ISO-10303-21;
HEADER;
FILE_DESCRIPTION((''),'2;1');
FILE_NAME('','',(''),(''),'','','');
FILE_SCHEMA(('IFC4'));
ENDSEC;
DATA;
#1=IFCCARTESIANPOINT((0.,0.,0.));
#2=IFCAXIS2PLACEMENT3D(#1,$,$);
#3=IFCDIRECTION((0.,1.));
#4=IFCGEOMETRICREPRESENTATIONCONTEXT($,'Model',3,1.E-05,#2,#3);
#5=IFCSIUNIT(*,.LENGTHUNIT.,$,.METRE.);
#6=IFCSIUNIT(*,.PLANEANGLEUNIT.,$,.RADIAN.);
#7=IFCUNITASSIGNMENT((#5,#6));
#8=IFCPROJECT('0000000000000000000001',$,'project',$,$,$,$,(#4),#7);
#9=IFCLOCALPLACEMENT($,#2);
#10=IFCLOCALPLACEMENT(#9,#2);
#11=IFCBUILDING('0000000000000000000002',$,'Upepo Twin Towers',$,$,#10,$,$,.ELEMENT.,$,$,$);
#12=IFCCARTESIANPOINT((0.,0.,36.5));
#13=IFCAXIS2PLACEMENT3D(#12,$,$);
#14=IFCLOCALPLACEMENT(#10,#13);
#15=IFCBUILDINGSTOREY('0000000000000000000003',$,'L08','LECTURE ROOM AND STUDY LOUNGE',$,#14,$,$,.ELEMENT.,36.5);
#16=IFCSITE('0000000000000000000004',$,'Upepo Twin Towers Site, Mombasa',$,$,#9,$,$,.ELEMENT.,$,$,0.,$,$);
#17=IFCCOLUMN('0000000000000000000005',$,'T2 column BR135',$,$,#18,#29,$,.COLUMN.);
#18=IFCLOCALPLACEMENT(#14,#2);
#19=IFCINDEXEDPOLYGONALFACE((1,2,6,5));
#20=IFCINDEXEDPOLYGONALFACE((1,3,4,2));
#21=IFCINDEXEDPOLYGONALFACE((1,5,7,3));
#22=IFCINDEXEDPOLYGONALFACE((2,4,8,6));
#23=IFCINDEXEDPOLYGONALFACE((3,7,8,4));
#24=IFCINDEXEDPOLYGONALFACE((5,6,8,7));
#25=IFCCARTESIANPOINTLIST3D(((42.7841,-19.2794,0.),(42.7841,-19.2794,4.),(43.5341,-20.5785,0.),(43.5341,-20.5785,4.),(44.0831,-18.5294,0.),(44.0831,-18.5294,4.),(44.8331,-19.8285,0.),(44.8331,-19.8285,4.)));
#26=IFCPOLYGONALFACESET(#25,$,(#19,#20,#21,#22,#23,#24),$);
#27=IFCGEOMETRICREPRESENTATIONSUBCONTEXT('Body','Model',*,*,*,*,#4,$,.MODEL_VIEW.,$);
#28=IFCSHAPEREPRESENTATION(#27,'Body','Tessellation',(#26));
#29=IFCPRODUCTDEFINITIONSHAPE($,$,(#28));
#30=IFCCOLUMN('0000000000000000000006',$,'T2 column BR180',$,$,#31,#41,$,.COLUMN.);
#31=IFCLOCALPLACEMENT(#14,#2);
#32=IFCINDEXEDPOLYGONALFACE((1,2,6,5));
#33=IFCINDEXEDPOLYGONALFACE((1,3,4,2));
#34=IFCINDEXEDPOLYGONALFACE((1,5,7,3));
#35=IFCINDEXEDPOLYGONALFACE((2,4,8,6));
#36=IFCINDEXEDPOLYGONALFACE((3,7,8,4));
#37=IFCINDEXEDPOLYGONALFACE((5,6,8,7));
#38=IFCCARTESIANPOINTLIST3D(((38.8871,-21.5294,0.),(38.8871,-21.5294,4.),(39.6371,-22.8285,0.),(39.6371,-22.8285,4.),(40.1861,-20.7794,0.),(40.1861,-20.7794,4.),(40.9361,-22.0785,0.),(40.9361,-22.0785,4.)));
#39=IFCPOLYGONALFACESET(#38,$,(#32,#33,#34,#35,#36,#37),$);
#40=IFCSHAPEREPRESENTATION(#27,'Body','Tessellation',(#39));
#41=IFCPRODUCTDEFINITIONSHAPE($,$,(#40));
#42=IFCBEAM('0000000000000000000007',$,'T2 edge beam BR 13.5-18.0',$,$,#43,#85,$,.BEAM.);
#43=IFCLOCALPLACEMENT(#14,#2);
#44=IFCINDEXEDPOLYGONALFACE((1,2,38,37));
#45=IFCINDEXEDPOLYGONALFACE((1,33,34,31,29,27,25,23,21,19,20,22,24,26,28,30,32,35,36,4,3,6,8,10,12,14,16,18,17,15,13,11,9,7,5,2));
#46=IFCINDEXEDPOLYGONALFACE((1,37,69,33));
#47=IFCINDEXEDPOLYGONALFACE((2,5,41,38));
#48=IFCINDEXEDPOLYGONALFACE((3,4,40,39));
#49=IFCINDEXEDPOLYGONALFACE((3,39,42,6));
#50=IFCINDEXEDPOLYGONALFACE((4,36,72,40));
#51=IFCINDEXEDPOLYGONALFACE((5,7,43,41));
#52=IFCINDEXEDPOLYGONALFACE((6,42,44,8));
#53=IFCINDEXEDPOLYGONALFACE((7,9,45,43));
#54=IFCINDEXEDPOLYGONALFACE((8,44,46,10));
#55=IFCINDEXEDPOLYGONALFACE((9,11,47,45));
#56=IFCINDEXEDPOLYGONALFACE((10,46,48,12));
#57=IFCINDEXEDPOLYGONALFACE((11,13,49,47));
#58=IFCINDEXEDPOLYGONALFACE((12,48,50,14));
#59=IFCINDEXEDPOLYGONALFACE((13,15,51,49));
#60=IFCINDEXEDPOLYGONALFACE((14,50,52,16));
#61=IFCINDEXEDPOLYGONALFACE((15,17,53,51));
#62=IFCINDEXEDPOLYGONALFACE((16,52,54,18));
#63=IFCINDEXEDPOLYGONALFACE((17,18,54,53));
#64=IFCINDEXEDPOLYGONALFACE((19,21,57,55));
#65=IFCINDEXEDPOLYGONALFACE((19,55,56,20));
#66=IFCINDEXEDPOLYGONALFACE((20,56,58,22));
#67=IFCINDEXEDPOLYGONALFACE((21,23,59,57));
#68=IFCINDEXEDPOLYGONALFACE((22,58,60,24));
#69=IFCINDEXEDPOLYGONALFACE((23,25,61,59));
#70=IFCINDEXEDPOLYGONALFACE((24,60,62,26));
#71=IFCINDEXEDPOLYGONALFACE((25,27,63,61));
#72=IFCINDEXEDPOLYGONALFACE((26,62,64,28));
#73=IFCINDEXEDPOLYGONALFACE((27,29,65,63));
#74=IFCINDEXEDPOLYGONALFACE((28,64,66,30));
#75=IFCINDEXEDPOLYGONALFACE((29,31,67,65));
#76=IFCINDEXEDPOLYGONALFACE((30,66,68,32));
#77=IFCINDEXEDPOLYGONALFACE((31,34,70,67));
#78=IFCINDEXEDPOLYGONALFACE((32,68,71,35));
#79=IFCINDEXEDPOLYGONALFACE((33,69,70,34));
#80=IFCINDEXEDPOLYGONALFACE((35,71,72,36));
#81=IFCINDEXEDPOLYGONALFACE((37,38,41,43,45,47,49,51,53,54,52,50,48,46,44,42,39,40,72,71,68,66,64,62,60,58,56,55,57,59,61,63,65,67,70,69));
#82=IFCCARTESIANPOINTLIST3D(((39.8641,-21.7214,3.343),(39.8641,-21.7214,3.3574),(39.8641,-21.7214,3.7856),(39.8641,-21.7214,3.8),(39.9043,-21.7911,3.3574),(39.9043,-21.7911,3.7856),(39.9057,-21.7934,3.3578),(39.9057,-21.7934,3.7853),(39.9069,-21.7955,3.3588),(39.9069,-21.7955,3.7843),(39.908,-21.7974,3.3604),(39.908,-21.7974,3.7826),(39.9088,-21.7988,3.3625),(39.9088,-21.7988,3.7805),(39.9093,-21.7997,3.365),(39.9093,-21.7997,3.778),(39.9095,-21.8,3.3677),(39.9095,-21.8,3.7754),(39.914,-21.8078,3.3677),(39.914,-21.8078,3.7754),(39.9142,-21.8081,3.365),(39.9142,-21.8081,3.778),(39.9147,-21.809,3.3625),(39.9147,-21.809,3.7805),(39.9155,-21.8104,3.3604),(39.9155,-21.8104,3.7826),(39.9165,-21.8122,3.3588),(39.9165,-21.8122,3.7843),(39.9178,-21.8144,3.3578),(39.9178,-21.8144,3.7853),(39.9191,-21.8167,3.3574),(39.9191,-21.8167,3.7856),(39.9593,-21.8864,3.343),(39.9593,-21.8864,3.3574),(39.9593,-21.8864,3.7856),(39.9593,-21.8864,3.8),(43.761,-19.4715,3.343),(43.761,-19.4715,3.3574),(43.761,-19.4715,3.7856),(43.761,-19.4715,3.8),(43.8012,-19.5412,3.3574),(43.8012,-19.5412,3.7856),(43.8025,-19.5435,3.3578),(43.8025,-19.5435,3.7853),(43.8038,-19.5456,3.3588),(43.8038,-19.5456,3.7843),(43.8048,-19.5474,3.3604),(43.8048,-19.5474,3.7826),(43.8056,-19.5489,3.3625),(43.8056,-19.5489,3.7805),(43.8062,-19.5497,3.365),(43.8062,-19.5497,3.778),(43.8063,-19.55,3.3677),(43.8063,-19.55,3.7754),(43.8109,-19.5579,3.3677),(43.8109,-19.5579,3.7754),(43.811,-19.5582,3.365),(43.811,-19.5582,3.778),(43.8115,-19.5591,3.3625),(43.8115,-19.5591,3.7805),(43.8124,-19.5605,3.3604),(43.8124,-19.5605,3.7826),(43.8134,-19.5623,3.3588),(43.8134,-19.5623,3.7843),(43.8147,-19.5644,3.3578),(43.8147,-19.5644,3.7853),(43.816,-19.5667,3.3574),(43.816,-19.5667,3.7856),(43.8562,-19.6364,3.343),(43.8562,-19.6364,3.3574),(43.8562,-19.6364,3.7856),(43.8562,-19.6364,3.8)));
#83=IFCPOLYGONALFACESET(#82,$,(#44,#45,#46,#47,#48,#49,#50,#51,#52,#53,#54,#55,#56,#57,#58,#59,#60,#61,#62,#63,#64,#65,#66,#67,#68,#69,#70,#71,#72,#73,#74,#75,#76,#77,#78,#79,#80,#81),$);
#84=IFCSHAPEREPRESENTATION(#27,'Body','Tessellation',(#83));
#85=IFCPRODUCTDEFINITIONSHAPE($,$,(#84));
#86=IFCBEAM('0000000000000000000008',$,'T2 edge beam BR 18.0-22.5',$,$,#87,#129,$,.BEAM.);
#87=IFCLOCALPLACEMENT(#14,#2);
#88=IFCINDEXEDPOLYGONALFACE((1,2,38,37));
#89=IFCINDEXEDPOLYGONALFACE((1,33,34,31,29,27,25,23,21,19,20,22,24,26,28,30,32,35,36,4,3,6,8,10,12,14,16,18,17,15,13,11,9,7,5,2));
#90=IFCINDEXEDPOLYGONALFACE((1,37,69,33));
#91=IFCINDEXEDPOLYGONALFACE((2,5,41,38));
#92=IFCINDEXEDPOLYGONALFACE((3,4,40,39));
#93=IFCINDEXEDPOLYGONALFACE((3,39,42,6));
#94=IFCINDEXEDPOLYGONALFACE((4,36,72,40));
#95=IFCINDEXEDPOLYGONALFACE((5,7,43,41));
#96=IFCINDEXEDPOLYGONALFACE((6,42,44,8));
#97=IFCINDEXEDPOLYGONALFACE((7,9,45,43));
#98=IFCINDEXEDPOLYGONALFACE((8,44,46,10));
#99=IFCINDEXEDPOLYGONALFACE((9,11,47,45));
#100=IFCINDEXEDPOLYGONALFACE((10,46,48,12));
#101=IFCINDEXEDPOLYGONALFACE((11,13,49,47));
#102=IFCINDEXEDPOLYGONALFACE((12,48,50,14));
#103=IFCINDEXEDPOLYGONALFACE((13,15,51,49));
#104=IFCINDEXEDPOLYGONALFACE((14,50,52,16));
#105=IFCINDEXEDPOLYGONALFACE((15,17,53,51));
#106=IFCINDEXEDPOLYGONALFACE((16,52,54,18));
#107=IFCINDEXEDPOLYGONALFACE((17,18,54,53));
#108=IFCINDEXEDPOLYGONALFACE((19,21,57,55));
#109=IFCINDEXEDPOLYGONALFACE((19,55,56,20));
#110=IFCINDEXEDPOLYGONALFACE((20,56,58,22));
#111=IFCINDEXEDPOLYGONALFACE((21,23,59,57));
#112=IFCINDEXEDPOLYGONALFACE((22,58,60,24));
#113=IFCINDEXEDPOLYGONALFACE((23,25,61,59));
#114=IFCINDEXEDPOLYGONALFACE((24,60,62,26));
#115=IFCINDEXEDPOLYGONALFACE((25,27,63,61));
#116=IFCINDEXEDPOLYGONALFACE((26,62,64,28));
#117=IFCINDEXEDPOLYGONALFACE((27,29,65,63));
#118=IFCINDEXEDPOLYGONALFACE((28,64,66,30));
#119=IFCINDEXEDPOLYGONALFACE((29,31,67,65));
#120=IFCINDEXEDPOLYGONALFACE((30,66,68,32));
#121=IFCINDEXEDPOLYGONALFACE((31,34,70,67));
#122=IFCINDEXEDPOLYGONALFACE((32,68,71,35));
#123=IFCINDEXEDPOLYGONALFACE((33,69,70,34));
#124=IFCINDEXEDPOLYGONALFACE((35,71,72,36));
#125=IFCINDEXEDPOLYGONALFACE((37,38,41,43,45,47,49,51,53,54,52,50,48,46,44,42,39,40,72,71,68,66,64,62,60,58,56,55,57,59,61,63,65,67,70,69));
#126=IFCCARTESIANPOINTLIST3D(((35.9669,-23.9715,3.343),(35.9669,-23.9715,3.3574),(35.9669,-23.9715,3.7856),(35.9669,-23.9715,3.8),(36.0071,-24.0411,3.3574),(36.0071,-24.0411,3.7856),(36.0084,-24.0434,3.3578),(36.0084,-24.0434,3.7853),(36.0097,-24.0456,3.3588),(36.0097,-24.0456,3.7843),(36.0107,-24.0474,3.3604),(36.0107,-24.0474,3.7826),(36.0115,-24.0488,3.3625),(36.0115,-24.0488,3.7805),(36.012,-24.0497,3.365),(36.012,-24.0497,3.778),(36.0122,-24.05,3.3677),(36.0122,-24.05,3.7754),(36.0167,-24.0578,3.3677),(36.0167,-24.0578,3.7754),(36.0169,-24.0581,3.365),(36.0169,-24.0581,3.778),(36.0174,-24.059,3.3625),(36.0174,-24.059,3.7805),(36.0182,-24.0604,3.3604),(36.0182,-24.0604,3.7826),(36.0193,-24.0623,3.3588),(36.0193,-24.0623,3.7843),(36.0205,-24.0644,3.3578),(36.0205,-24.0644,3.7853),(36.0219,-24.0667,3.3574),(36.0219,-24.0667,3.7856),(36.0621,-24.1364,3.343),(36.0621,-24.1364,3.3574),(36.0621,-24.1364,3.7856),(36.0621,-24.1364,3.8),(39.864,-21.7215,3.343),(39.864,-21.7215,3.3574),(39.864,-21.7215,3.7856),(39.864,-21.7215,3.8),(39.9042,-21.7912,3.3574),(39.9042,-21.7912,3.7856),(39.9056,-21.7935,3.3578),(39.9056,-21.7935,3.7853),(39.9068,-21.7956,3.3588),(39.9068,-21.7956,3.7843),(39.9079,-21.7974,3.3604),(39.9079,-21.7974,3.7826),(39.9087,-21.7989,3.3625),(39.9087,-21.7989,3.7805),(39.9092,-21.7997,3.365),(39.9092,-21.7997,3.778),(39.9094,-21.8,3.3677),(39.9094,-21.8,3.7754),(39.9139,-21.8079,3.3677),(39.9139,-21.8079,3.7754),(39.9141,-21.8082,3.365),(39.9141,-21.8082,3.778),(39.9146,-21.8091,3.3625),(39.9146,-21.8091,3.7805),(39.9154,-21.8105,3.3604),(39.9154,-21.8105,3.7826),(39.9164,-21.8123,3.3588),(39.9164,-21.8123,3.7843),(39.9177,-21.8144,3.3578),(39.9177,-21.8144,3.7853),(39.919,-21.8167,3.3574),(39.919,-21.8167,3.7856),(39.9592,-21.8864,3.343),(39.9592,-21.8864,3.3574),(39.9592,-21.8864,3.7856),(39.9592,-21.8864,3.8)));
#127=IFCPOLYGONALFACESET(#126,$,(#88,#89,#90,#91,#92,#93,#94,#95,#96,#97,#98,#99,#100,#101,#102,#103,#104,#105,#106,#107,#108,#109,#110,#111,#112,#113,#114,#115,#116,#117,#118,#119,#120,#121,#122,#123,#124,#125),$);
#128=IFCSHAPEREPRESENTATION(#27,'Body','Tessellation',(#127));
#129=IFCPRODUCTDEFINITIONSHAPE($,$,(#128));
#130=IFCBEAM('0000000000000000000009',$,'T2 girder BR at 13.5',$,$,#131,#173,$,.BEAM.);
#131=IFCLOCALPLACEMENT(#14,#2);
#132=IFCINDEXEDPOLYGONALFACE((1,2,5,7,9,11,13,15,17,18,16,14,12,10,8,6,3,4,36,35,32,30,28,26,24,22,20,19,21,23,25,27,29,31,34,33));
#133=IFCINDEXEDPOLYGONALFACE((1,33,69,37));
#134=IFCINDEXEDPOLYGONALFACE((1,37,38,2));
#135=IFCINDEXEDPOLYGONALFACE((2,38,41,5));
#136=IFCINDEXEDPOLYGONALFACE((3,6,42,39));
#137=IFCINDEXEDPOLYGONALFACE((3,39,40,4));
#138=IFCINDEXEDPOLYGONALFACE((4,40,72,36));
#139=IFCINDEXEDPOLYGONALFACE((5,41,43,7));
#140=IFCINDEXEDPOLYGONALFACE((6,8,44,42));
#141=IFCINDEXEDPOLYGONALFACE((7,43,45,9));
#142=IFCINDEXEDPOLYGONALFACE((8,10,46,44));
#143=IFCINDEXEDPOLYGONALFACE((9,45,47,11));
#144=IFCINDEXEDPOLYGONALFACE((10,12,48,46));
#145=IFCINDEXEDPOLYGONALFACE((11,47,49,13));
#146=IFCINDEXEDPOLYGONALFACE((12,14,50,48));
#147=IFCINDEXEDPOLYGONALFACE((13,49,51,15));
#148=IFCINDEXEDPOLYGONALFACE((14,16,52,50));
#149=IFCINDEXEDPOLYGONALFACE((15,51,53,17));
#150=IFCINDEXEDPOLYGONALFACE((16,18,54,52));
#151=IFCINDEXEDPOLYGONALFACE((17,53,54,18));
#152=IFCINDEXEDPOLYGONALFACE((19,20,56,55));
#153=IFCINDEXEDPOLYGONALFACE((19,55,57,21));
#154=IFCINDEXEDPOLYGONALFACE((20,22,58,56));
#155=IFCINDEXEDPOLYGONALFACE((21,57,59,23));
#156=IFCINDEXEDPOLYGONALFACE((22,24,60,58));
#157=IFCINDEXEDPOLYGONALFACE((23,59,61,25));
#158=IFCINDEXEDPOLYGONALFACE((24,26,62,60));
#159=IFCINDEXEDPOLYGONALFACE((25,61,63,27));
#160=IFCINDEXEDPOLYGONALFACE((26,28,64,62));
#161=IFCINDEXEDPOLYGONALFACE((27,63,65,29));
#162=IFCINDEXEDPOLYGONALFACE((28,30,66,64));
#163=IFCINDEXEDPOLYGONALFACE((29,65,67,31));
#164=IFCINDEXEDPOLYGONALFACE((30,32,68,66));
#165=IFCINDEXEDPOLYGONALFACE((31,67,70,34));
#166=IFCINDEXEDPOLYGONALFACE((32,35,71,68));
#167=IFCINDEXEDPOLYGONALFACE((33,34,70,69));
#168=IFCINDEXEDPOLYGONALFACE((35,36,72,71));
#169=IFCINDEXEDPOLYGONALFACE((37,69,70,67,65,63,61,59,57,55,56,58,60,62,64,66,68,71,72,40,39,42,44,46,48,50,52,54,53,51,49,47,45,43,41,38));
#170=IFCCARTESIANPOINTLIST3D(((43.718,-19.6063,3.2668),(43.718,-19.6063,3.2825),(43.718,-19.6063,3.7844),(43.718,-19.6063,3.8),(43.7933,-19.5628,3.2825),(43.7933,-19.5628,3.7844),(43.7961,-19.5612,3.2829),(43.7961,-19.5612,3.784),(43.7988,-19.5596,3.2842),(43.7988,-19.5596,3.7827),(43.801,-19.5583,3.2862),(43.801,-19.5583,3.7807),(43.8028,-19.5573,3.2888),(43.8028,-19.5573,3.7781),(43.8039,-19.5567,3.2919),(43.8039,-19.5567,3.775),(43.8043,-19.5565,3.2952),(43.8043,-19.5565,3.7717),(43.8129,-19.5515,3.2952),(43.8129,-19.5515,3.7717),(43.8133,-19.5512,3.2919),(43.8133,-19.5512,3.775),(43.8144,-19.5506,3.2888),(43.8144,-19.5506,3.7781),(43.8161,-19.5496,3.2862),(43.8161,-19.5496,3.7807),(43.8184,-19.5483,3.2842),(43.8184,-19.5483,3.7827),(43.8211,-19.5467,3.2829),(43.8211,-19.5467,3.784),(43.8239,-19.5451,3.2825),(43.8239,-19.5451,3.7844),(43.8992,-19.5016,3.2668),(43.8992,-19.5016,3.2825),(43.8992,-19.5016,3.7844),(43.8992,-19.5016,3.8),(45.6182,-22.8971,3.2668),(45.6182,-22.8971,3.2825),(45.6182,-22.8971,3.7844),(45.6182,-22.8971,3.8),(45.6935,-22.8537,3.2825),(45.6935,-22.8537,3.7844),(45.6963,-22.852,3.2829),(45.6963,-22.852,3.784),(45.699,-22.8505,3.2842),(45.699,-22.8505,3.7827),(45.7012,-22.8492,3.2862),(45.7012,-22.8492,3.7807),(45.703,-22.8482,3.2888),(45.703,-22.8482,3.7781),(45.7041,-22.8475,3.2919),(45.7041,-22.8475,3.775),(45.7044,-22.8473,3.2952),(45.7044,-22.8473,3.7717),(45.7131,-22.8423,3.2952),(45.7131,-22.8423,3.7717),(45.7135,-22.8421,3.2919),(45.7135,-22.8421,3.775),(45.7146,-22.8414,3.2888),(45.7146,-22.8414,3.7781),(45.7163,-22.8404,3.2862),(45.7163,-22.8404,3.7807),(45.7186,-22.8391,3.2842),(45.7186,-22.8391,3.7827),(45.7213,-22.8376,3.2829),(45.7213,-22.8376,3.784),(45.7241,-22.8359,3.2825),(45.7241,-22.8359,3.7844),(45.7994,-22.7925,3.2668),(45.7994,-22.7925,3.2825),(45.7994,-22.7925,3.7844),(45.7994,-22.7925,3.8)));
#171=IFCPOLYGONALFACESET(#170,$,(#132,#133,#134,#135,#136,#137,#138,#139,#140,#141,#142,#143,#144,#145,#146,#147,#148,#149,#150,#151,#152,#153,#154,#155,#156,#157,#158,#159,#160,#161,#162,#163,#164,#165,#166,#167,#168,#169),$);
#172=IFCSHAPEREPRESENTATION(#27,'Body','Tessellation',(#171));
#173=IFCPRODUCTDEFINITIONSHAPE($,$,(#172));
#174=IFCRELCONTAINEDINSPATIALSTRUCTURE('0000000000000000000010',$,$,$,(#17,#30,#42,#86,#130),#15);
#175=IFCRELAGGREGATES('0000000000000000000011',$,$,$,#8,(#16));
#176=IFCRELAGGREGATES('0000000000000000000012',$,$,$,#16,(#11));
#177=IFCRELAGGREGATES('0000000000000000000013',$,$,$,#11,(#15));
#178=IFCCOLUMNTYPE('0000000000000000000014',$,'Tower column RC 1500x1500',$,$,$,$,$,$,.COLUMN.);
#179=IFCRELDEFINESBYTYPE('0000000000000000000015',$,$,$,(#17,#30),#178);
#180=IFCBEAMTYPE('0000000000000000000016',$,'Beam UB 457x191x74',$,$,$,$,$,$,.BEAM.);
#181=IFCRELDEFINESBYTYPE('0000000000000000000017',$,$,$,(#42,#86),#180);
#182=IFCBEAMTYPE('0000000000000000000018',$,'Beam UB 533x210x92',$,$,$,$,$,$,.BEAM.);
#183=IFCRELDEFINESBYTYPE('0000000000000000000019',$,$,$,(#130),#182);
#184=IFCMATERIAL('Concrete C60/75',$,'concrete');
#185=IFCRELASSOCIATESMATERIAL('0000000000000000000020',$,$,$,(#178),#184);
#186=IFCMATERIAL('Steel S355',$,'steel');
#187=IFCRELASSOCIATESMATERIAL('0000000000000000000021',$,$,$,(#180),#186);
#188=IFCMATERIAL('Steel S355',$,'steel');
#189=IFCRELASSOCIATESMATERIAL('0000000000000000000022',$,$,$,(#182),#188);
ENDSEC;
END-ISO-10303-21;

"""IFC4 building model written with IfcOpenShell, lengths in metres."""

from ifc_helpers import new_model, si_unit, direction, frame, origin, origin_2d, place, context, subcontext, project, spatial, rectangle, i_section, extrude, material, material_profile, profile_set, type_object, element, save


model = new_model("IFC4")

# Units and contexts
model_context = context("Model", 3, precision=1e-05, world=origin(), true_north=direction((0.0, 1.0)))
body_context = subcontext(model_context, "Body", "Model", "MODEL_VIEW")
ifc_project = project(units=[si_unit("LENGTHUNIT", "METRE"), si_unit("PLANEANGLEUNIT", "RADIAN")], contexts=[model_context])

# Site, building, storey
site_placement = place(None, origin())
site = spatial("IfcSite", under=ifc_project, at=site_placement, Name="Upepo Twin Towers Site, Mombasa", CompositionType="ELEMENT", RefElevation=0.0)
building_placement = place(site_placement, origin())
building = spatial("IfcBuilding", under=site, at=building_placement, Name="Upepo Twin Towers", CompositionType="ELEMENT")
storey_placement = place(building_placement, frame((0.0, 0.0, 36.5)))
storey = spatial("IfcBuildingStorey", under=building, at=storey_placement, Name="L08", Description="LECTURE ROOM AND STUDY LOUNGE", CompositionType="ELEMENT", Elevation=36.5)

# Columns
ifc_material_1 = material(Name="Concrete C60/75", Category="concrete")
ifc_material_profile_1 = material_profile(ifc_material_1, rectangle(XDim=1.5, YDim=1.5, at=origin_2d()), Name="RC 1500x1500")
ifc_profile_set_1 = profile_set([ifc_material_profile_1], Name="Concrete C60/75")
column_type = type_object("IfcColumnType", Name="Tower column RC 1500x1500", PredefinedType="COLUMN", material=ifc_profile_set_1)
for number, where, z_axis, x_axis, name in (
    (1, (43.8086, -19.554, 0.0), (0.0, 0.0, 1.0), (0.866025, 0.5, 0.0), "T2 column BR135"),
    (2, (39.9116, -21.804, 0.0), (0.0, 0.0, 1.0), (0.866025, 0.5, 0.0), "T2 column BR180"),
):
    element("IfcColumn", number, at=place(storey_placement, frame(where, z_axis=z_axis, x_axis=x_axis)), inside=storey, type_object=column_type, Name=name, PredefinedType="COLUMN", context=body_context, shape_type="SweptSolid", body=[
        extrude(rectangle(XDim=1.5, YDim=1.5, at=origin_2d()), origin(), (0.0, 0.0, 1.0), 4.0),
    ])

# Beams
ifc_material_2 = material(Name="Steel S355", Category="steel")
ifc_material_profile_2 = material_profile(ifc_material_2, i_section(OverallWidth=0.1904, OverallDepth=0.457, WebThickness=0.009, FlangeThickness=0.0144, FilletRadius=0.0103, at=origin_2d()), Name="UB 457x191x74")
ifc_profile_set_2 = profile_set([ifc_material_profile_2], Name="Steel S355")
beam_type_1 = type_object("IfcBeamType", Name="Beam UB 457x191x74", PredefinedType="BEAM", material=ifc_profile_set_2)
beam_1_placement = place(storey_placement, frame((43.8086, -19.554, 3.5715), z_axis=(-0.866018, -0.500014, 0.0), x_axis=(0.500014, -0.866018, 0.0)))
element("IfcBeam", 3, at=beam_1_placement, inside=storey, type_object=beam_type_1, Name="T2 edge beam BR 13.5-18.0", PredefinedType="BEAM", context=body_context, shape_type="SweptSolid", body=[
    extrude(i_section(OverallWidth=0.1904, OverallDepth=0.457, WebThickness=0.009, FlangeThickness=0.0144, FilletRadius=0.0103, at=origin_2d()), origin(), (0.0, 0.0, 1.0), 4.4998),
])
beam_2_placement = place(storey_placement, frame((39.9116, -21.804, 3.5715), z_axis=(-0.866031, -0.49999, 0.0), x_axis=(0.49999, -0.866031, 0.0)))
element("IfcBeam", 4, at=beam_2_placement, inside=storey, type_object=beam_type_1, Name="T2 edge beam BR 18.0-22.5", PredefinedType="BEAM", context=body_context, shape_type="SweptSolid", body=[
    extrude(i_section(OverallWidth=0.1904, OverallDepth=0.457, WebThickness=0.009, FlangeThickness=0.0144, FilletRadius=0.0103, at=origin_2d()), origin(), (0.0, 0.0, 1.0), 4.5),
])
ifc_material_3 = material(Name="Steel S355", Category="steel")
ifc_material_profile_3 = material_profile(ifc_material_3, i_section(OverallWidth=0.2092, OverallDepth=0.5332, WebThickness=0.01, FlangeThickness=0.0156, FilletRadius=0.0127, at=origin_2d()), Name="UB 533x210x92")
ifc_profile_set_3 = profile_set([ifc_material_profile_3], Name="Steel S355")
beam_type_2 = type_object("IfcBeamType", Name="Beam UB 533x210x92", PredefinedType="BEAM", material=ifc_profile_set_3)
beam_3_placement = place(storey_placement, frame((43.8086, -19.554, 3.5334), z_axis=(0.500043, -0.866, 0.0), x_axis=(0.866, 0.500043, 0.0)))
element("IfcBeam", 5, at=beam_3_placement, inside=storey, type_object=beam_type_2, Name="T2 girder BR at 13.5", PredefinedType="BEAM", context=body_context, shape_type="SweptSolid", body=[
    extrude(i_section(OverallWidth=0.2092, OverallDepth=0.5332, WebThickness=0.01, FlangeThickness=0.0156, FilletRadius=0.0127, at=origin_2d()), origin(), (0.0, 0.0, 1.0), 3.8),
])

save(model, "model.ifc")
